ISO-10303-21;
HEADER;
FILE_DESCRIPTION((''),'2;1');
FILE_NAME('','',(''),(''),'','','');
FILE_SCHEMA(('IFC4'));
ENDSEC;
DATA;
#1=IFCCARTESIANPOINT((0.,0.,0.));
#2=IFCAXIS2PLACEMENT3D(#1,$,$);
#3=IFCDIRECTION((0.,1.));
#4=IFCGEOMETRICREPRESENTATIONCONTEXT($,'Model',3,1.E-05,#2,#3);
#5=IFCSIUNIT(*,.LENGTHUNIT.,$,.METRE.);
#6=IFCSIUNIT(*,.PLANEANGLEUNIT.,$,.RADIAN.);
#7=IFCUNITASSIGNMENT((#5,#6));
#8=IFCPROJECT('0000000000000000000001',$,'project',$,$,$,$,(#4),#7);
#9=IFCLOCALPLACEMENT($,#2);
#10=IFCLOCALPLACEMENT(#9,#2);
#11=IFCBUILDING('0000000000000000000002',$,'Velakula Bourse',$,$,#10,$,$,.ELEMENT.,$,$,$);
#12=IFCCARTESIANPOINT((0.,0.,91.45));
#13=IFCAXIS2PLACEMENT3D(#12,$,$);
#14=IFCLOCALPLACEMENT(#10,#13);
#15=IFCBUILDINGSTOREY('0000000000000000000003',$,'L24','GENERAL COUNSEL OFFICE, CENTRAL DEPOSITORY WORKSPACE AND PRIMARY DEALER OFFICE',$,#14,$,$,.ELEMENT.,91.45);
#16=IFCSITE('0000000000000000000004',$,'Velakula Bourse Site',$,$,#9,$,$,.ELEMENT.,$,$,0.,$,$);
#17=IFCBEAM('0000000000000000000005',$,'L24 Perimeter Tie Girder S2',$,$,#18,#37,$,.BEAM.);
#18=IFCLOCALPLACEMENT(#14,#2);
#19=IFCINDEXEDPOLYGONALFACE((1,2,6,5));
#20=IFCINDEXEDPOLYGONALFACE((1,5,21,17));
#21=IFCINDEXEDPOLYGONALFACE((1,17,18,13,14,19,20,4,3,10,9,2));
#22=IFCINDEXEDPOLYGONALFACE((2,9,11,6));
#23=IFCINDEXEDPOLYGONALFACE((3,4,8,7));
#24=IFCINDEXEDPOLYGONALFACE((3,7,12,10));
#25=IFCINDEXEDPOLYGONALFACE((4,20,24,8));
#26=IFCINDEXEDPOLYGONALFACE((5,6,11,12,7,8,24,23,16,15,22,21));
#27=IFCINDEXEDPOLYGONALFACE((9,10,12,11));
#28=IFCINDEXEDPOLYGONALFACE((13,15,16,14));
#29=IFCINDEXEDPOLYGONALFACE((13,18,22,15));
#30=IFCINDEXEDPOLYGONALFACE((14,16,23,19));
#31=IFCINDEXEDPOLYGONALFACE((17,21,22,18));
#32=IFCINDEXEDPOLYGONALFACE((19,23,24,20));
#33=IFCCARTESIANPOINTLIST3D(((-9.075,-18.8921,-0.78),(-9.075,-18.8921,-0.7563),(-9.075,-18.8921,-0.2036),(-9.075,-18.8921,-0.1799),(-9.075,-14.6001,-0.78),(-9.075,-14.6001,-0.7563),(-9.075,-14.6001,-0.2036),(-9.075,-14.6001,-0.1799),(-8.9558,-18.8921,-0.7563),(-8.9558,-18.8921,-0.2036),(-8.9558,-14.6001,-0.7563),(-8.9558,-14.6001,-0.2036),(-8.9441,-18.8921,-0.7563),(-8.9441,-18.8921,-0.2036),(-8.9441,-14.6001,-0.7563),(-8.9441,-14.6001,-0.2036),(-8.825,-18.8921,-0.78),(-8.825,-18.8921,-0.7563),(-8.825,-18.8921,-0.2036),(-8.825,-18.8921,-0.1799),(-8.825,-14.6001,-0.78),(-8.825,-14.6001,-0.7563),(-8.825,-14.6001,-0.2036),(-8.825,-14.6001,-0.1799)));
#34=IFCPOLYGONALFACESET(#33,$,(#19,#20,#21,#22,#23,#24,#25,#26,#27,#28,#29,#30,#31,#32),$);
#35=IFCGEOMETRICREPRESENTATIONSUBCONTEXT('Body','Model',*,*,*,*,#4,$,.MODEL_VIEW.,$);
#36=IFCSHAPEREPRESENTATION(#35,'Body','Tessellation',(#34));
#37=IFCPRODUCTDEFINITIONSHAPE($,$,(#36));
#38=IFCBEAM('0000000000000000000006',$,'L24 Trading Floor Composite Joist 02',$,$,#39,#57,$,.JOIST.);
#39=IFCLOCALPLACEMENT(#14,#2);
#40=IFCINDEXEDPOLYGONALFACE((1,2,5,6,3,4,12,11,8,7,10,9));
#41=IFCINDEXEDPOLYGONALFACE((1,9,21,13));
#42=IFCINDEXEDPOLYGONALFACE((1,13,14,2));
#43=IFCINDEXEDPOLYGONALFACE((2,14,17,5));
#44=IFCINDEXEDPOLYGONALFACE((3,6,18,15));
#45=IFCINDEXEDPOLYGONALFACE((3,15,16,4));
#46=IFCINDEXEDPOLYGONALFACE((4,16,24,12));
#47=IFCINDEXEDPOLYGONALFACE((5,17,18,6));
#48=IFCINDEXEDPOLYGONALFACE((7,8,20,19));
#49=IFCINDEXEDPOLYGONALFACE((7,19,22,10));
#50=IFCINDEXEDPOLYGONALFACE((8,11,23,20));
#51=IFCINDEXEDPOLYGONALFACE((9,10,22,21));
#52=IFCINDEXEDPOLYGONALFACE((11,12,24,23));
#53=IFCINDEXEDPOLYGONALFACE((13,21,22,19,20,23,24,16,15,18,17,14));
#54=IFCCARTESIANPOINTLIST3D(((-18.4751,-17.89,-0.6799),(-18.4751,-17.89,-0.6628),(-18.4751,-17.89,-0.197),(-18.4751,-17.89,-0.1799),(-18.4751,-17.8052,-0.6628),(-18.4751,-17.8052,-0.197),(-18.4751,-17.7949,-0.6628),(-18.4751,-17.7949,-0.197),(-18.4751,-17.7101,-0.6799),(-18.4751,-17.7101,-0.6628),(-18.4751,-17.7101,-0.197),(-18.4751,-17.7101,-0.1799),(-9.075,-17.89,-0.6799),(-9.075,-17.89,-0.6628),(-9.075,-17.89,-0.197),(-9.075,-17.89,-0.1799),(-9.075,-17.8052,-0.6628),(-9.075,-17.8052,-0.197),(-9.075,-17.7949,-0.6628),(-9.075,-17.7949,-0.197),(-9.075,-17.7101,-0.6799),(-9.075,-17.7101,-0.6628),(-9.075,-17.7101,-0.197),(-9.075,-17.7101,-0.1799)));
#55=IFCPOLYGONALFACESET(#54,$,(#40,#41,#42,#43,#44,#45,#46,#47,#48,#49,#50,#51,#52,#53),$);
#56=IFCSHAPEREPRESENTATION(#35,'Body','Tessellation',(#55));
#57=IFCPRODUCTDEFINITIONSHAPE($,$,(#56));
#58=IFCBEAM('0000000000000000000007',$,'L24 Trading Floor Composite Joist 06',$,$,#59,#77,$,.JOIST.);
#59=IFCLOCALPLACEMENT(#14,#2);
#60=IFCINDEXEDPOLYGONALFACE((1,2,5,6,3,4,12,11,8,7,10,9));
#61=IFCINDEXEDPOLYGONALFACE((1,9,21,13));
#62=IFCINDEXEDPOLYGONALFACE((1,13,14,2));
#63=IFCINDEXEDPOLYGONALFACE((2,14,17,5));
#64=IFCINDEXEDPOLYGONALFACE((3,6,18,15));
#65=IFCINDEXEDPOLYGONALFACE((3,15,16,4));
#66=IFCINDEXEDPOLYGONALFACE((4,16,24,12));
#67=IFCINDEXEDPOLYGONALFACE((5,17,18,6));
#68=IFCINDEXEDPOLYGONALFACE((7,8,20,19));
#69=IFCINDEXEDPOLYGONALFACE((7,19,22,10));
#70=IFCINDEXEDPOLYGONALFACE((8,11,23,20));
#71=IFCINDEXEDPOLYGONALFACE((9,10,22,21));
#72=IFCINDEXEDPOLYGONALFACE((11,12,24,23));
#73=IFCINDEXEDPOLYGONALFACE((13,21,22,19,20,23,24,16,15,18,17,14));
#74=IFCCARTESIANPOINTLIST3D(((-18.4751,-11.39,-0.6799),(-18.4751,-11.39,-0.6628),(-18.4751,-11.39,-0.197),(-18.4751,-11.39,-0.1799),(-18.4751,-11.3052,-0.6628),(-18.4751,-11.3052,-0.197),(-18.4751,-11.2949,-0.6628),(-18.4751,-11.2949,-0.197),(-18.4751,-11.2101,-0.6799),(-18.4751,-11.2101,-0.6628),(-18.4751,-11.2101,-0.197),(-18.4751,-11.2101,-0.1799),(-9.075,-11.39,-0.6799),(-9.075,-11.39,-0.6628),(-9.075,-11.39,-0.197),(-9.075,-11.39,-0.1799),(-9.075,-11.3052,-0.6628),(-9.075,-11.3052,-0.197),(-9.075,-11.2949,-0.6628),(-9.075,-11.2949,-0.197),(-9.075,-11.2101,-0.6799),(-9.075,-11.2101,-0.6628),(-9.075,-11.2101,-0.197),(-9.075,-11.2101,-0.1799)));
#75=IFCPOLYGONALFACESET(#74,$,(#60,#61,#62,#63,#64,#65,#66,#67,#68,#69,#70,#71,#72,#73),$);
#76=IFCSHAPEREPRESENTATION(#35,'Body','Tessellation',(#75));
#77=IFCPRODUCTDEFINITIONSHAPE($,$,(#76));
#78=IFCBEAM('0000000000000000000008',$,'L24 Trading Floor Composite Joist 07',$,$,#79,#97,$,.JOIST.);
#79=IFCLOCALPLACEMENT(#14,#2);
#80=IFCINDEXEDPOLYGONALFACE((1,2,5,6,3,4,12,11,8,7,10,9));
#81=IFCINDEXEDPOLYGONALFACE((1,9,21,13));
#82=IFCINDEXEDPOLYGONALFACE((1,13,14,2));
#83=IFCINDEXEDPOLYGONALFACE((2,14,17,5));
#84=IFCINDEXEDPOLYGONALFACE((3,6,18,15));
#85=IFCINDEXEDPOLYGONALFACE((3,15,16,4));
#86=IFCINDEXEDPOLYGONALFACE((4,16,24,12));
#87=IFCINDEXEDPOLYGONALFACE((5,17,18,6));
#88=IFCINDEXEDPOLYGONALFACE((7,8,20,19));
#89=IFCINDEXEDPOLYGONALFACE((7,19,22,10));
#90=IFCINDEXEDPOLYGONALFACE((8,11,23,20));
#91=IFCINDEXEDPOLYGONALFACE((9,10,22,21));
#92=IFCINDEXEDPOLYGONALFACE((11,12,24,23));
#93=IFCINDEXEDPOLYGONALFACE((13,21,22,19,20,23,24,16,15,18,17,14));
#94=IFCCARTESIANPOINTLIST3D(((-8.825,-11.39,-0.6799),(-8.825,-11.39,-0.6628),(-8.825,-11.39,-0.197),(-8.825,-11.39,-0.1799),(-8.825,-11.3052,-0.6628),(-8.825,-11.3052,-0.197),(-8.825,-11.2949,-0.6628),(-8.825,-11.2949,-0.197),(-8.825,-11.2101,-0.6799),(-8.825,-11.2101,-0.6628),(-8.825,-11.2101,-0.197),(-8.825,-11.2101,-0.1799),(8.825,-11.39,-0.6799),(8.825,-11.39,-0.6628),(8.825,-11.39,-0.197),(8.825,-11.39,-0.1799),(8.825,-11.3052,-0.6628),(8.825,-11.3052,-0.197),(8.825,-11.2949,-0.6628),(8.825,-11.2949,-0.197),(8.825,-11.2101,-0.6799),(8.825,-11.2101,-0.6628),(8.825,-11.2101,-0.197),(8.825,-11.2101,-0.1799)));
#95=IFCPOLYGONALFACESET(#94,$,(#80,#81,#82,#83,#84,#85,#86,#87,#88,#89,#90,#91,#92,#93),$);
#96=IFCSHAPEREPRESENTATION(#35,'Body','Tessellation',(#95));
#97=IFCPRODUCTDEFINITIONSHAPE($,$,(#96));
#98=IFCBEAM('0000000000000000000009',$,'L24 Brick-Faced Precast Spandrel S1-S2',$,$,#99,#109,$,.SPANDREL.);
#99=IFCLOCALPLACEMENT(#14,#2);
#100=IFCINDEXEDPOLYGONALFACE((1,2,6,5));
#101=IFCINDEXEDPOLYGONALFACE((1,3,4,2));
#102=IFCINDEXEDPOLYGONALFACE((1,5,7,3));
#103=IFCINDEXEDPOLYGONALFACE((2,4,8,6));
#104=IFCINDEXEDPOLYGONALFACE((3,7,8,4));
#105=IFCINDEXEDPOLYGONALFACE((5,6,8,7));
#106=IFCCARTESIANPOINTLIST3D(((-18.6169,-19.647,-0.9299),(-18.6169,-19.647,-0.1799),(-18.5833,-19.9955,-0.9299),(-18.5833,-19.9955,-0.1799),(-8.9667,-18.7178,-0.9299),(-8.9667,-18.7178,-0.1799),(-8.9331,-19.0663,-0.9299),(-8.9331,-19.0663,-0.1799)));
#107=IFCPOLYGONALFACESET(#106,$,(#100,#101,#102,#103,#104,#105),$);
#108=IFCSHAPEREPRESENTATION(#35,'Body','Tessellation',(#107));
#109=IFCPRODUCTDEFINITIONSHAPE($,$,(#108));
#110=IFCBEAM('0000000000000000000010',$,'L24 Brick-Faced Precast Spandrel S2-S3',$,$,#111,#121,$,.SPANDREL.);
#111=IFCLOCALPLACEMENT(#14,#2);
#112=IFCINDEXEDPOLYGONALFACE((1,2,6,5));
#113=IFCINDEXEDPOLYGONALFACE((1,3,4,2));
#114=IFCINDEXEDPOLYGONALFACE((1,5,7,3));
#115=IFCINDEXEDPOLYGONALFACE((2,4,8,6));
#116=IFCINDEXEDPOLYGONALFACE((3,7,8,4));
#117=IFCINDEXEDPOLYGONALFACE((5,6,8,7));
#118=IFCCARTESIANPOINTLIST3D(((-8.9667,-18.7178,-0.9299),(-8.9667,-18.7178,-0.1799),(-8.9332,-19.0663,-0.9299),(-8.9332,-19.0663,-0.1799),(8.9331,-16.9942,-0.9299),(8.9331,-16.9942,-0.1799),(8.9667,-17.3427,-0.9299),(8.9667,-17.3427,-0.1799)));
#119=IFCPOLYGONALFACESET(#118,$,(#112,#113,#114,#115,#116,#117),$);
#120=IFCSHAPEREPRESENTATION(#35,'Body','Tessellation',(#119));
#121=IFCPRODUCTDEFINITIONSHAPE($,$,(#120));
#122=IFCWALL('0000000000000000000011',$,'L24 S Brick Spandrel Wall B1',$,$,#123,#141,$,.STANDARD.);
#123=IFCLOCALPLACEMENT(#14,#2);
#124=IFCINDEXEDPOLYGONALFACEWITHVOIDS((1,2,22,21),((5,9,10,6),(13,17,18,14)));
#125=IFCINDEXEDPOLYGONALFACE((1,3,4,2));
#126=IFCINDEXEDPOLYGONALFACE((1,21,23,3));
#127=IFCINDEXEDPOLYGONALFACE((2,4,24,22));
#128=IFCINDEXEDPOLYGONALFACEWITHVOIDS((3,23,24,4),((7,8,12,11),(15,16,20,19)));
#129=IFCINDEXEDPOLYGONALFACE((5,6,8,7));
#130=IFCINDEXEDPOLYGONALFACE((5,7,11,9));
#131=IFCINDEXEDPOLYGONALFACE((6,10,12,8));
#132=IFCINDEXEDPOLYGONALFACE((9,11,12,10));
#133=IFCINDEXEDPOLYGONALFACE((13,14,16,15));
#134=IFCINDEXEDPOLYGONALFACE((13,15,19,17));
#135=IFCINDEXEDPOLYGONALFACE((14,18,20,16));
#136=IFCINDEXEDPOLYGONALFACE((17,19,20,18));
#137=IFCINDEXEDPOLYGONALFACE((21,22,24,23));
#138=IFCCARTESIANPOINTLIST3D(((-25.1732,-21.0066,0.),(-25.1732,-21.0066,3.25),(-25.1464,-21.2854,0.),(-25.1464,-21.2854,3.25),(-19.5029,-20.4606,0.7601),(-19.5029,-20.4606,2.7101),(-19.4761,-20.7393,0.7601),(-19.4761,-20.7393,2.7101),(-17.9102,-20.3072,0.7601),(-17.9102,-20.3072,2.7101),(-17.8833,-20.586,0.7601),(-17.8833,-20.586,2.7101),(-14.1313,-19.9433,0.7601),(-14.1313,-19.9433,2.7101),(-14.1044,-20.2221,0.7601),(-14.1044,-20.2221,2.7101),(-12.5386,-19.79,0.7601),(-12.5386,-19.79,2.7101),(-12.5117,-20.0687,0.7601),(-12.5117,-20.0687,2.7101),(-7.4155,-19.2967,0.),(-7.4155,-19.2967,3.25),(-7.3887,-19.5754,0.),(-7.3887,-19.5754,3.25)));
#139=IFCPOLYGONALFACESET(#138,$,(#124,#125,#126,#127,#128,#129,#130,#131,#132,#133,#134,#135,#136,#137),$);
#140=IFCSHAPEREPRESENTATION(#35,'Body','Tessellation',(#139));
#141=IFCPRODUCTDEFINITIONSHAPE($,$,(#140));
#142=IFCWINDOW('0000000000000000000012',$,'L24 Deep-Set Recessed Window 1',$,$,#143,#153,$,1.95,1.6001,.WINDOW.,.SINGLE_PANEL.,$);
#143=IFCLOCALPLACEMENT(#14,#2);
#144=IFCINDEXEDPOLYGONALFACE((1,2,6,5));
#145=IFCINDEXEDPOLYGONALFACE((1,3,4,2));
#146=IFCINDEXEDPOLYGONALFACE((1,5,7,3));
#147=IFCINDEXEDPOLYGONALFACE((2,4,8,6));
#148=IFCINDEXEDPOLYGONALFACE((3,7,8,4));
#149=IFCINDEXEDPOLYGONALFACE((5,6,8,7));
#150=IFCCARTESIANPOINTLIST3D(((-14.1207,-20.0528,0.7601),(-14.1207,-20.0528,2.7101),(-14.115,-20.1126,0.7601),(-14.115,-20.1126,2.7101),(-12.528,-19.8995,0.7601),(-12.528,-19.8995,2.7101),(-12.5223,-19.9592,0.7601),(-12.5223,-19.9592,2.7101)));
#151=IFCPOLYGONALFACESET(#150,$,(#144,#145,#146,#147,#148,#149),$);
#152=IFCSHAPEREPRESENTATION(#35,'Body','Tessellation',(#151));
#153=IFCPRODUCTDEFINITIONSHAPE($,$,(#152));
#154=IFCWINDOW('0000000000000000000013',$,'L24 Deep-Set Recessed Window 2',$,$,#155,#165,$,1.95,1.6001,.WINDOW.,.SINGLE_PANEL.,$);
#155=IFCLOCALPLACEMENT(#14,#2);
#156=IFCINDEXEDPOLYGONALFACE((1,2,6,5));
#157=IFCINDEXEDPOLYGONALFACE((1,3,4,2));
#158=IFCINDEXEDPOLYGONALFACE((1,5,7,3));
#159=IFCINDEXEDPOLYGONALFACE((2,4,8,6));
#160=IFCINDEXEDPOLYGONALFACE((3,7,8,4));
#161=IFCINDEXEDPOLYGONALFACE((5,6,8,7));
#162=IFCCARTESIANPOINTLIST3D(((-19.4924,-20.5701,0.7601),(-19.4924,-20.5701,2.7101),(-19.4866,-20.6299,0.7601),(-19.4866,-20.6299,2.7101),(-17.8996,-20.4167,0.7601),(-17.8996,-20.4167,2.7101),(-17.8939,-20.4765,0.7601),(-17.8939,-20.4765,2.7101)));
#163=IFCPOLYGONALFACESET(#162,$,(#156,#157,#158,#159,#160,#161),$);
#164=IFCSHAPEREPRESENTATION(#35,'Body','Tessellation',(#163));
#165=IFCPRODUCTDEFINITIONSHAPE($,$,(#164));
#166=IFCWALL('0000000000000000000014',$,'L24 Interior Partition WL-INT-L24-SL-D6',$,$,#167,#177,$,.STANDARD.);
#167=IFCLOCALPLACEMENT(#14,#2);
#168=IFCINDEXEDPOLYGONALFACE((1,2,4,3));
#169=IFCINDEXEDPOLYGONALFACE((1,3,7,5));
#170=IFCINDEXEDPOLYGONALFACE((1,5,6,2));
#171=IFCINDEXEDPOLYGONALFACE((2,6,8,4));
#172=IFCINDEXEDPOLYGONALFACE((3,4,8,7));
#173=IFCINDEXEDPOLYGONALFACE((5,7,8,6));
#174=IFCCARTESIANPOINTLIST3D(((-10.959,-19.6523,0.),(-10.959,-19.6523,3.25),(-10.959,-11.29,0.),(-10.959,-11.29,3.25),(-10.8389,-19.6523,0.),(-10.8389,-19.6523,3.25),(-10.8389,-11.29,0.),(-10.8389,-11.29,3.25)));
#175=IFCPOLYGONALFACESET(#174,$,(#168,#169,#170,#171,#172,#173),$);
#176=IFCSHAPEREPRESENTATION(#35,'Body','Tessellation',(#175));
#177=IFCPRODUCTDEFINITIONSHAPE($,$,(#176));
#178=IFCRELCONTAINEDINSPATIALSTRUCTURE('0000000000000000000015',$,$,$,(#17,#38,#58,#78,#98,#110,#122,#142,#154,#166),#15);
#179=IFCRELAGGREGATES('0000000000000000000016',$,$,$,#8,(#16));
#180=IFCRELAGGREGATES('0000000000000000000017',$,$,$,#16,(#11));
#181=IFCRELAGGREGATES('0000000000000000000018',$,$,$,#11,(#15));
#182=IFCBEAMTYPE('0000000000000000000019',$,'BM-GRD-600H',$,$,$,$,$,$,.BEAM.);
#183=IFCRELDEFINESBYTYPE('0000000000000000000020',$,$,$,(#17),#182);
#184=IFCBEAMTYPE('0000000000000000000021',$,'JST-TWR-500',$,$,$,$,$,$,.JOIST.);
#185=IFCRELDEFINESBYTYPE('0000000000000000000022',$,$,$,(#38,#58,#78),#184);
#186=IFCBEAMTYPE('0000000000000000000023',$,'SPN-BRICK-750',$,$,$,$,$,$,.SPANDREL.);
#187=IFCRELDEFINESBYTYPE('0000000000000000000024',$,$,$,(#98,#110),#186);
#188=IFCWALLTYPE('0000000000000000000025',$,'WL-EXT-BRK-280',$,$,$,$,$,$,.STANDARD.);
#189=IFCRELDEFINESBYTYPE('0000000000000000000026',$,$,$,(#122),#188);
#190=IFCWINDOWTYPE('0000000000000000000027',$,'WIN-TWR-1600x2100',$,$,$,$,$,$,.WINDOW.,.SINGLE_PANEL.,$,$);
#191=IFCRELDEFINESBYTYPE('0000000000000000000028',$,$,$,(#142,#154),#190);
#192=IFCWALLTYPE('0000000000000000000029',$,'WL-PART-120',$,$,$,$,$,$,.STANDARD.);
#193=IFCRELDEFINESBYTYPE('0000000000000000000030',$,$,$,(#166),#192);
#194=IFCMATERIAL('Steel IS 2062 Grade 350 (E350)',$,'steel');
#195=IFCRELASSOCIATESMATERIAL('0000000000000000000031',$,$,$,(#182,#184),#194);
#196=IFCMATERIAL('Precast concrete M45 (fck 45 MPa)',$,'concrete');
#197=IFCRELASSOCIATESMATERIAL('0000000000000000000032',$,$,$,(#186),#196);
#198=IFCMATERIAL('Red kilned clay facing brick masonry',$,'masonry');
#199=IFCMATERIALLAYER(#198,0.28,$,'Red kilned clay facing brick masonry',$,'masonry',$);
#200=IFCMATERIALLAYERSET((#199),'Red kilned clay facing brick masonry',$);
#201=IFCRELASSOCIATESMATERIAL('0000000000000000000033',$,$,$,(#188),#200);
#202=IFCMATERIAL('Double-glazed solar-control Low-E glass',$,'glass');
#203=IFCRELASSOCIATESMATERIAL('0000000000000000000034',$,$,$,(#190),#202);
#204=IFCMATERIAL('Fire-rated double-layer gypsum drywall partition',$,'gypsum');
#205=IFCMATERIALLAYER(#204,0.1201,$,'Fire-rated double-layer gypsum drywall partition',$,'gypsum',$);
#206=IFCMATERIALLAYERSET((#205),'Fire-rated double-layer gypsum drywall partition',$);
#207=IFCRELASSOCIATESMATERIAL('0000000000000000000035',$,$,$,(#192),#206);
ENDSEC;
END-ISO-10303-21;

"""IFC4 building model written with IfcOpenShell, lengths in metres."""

from ifc_helpers import new_model, si_unit, direction, frame, frame_2d, origin, origin_2d, place, context, subcontext, project, spatial, rectangle, i_section, extrude, material, layer, layer_set, material_profile, profile_set, type_object, element, fill, save


model = new_model("IFC4")

# Units and contexts
model_context = context("Model", 3, precision=1e-05, world=origin(), true_north=direction((0.0, 1.0)))
body_context = subcontext(model_context, "Body", "Model", "MODEL_VIEW")
ifc_project = project(units=[si_unit("LENGTHUNIT", "METRE"), si_unit("PLANEANGLEUNIT", "RADIAN")], contexts=[model_context])

# Site, building, storey
site_placement = place(None, origin())
site = spatial("IfcSite", under=ifc_project, at=site_placement, Name="Velakula Bourse Site", CompositionType="ELEMENT", RefElevation=0.0)
building_placement = place(site_placement, origin())
building = spatial("IfcBuilding", under=site, at=building_placement, Name="Velakula Bourse", CompositionType="ELEMENT")
storey_placement = place(building_placement, frame((0.0, 0.0, 91.45)))
storey = spatial("IfcBuildingStorey", under=building, at=storey_placement, Name="L24", Description="GENERAL COUNSEL OFFICE, CENTRAL DEPOSITORY WORKSPACE AND PRIMARY DEALER OFFICE", CompositionType="ELEMENT", Elevation=91.45)

# Beams
ifc_material_1 = material(Name="Steel IS 2062 Grade 350 (E350)", Category="steel")
ifc_material_profile_1 = material_profile(ifc_material_1, i_section(OverallWidth=0.25, OverallDepth=0.6001, WebThickness=0.0117, FlangeThickness=0.0237, at=origin_2d()), Name="Steel IS 2062 Grade 350 (E350)")
ifc_profile_set_1 = profile_set([ifc_material_profile_1], Name="Steel IS 2062 Grade 350 (E350)")
beam_type_1 = type_object("IfcBeamType", Name="BM-GRD-600H", PredefinedType="BEAM", material=ifc_profile_set_1)
beam_1_placement = place(storey_placement, frame((-8.95, -14.6001, -0.48), z_axis=(0.0, -1.0, 0.0), x_axis=(1.0, 0.0, 0.0)))
element("IfcBeam", 1, at=beam_1_placement, inside=storey, type_object=beam_type_1, Name="L24 Perimeter Tie Girder S2", PredefinedType="BEAM", context=body_context, shape_type="SweptSolid", body=[
    extrude(i_section(OverallWidth=0.25, OverallDepth=0.6001, WebThickness=0.0117, FlangeThickness=0.0237, at=origin_2d()), origin(), (0.0, 0.0, 1.0), 4.292),
])
ifc_material_profile_2 = material_profile(ifc_material_1, i_section(OverallWidth=0.1799, OverallDepth=0.5, WebThickness=0.0103, FlangeThickness=0.0171, at=origin_2d()), Name="Steel IS 2062 Grade 350 (E350)")
ifc_profile_set_2 = profile_set([ifc_material_profile_2], Name="Steel IS 2062 Grade 350 (E350)")
beam_type_2 = type_object("IfcBeamType", Name="JST-TWR-500", PredefinedType="JOIST", material=ifc_profile_set_2)
for number, where, z_axis, x_axis, name in (
    (2, (-18.4751, -17.8, -0.4299), (1.0, 0.0, 0.0), (0.0, 1.0, 0.0), "L24 Trading Floor Composite Joist 02"),
    (3, (-18.4751, -11.3, -0.4299), (1.0, 0.0, 0.0), (0.0, 1.0, 0.0), "L24 Trading Floor Composite Joist 06"),
):
    element("IfcBeam", number, at=place(storey_placement, frame(where, z_axis=z_axis, x_axis=x_axis)), inside=storey, type_object=beam_type_2, Name=name, PredefinedType="JOIST", context=body_context, shape_type="SweptSolid", body=[
        extrude(i_section(OverallWidth=0.1799, OverallDepth=0.5, WebThickness=0.0103, FlangeThickness=0.0171, at=origin_2d()), origin(), (0.0, 0.0, 1.0), 9.4001),
    ])
beam_2_placement = place(storey_placement, frame((-8.825, -11.3, -0.4299), z_axis=(1.0, 0.0, 0.0), x_axis=(0.0, 1.0, 0.0)))
element("IfcBeam", 4, at=beam_2_placement, inside=storey, type_object=beam_type_2, Name="L24 Trading Floor Composite Joist 07", PredefinedType="JOIST", context=body_context, shape_type="SweptSolid", body=[
    extrude(i_section(OverallWidth=0.1799, OverallDepth=0.5, WebThickness=0.0103, FlangeThickness=0.0171, at=origin_2d()), origin(), (0.0, 0.0, 1.0), 17.6499),
])
ifc_material_2 = material(Name="Precast concrete M45 (fck 45 MPa)", Category="concrete")
ifc_material_profile_3 = material_profile(ifc_material_2, rectangle(XDim=0.3501, YDim=0.75, at=origin_2d()), Name="Precast concrete M45 (fck 45 MPa)")
ifc_profile_set_3 = profile_set([ifc_material_profile_3], Name="Precast concrete M45 (fck 45 MPa)")
beam_type_3 = type_object("IfcBeamType", Name="SPN-BRICK-750", PredefinedType="SPANDREL", material=ifc_profile_set_3)
beam_3_placement = place(storey_placement, frame((-18.6001, -19.8213, -0.5549), z_axis=(0.995396, 0.095845, 0.0), x_axis=(-0.095845, 0.995396, 0.0)))
element("IfcBeam", 5, at=beam_3_placement, inside=storey, type_object=beam_type_3, Name="L24 Brick-Faced Precast Spandrel S1-S2", PredefinedType="SPANDREL", context=body_context, shape_type="SweptSolid", body=[
    extrude(rectangle(XDim=0.3501, YDim=0.75, at=origin_2d()), origin(), (0.0, 0.0, 1.0), 9.6948),
])
beam_4_placement = place(storey_placement, frame((-8.95, -18.8921, -0.5549), z_axis=(0.995396, 0.09585, 0.0), x_axis=(-0.09585, 0.995396, 0.0)))
element("IfcBeam", 6, at=beam_4_placement, inside=storey, type_object=beam_type_3, Name="L24 Brick-Faced Precast Spandrel S2-S3", PredefinedType="SPANDREL", context=body_context, shape_type="SweptSolid", body=[
    extrude(rectangle(XDim=0.3501, YDim=0.75, at=origin_2d()), origin(), (0.0, 0.0, 1.0), 17.9827),
])

# Wall, openings, windows
ifc_material_3 = material(Name="Red kilned clay facing brick masonry", Category="masonry")
ifc_layer_1 = layer(ifc_material_3, 0.28, Name="Red kilned clay facing brick masonry", Category="masonry")
ifc_layer_set_1 = layer_set([ifc_layer_1], Name="Red kilned clay facing brick masonry")
wall_type_1 = type_object("IfcWallType", Name="WL-EXT-BRK-280", PredefinedType="STANDARD", material=ifc_layer_set_1)
wall_1_placement = place(storey_placement, frame((-7.4021, -19.436, 0.0), z_axis=(0.0, 0.0, 1.0), x_axis=(-0.995396, -0.09585, 0.0)))
wall_1 = element("IfcWall", 7, at=wall_1_placement, inside=storey, type_object=wall_type_1, Name="L24 S Brick Spandrel Wall B1", PredefinedType="STANDARD", context=body_context, shape_type="SweptSolid", body=[
    extrude(rectangle(XDim=17.8398, YDim=0.28, at=frame_2d((8.9199, 0.0))), origin(), (0.0, 0.0, 1.0), 3.25),
])
opening_1_placement = place(wall_1_placement, frame((5.1467, 0.0, 0.76)))
opening_1 = element("IfcOpeningElement", 8, at=opening_1_placement, cuts=wall_1, PredefinedType="OPENING", context=body_context, shape_type="SweptSolid", body=[
    extrude(rectangle(XDim=1.6001, YDim=1.95, at=frame_2d((0.8, 0.9751))), frame((0.0, 0.1499, 0.0), z_axis=(0.0, -1.0, 0.0), x_axis=(1.0, 0.0, 0.0)), (0.0, 0.0, 1.0), 0.3),
])
opening_2_placement = place(wall_1_placement, frame((10.5432, 0.0, 0.76)))
opening_2 = element("IfcOpeningElement", 9, at=opening_2_placement, cuts=wall_1, PredefinedType="OPENING", context=body_context, shape_type="SweptSolid", body=[
    extrude(rectangle(XDim=1.6001, YDim=1.95, at=frame_2d((0.8, 0.9751))), frame((0.0, 0.1499, 0.0), z_axis=(0.0, -1.0, 0.0), x_axis=(1.0, 0.0, 0.0)), (0.0, 0.0, 1.0), 0.3),
])
ifc_material_4 = material(Name="Double-glazed solar-control Low-E glass", Category="glass")
window_type = type_object("IfcWindowType", Name="WIN-TWR-1600x2100", PartitioningType="SINGLE_PANEL", PredefinedType="WINDOW", material=ifc_material_4)
window_1_placement = place(opening_1_placement, origin())
window_1 = element("IfcWindow", 10, at=window_1_placement, inside=storey, type_object=window_type, Name="L24 Deep-Set Recessed Window 1", OverallHeight=1.95, OverallWidth=1.6001, PartitioningType="SINGLE_PANEL", PredefinedType="WINDOW", context=body_context, shape_type="SweptSolid", body=[
    extrude(rectangle(XDim=1.6001, YDim=1.95, at=frame_2d((0.8, 0.9751))), frame((0.0, 0.03, 0.0), z_axis=(0.0, -1.0, 0.0), x_axis=(1.0, 0.0, 0.0)), (0.0, 0.0, 1.0), 0.0601),
])
fill(opening_1, window_1)
window_2_placement = place(opening_2_placement, origin())
window_2 = element("IfcWindow", 11, at=window_2_placement, inside=storey, type_object=window_type, Name="L24 Deep-Set Recessed Window 2", OverallHeight=1.95, OverallWidth=1.6001, PartitioningType="SINGLE_PANEL", PredefinedType="WINDOW", context=body_context, shape_type="SweptSolid", body=[
    extrude(rectangle(XDim=1.6001, YDim=1.95, at=frame_2d((0.8, 0.9751))), frame((0.0, 0.03, 0.0), z_axis=(0.0, -1.0, 0.0), x_axis=(1.0, 0.0, 0.0)), (0.0, 0.0, 1.0), 0.0601),
])
fill(opening_2, window_2)

# Wall
ifc_material_5 = material(Name="Fire-rated double-layer gypsum drywall partition", Category="gypsum")
ifc_layer_2 = layer(ifc_material_5, 0.1201, Name="Fire-rated double-layer gypsum drywall partition", Category="gypsum")
ifc_layer_set_2 = layer_set([ifc_layer_2], Name="Fire-rated double-layer gypsum drywall partition")
wall_type_2 = type_object("IfcWallType", Name="WL-PART-120", PredefinedType="STANDARD", material=ifc_layer_set_2)
wall_2_placement = place(storey_placement, frame((-10.8989, -19.6523, 0.0), z_axis=(0.0, 0.0, 1.0), x_axis=(0.0, 1.0, 0.0)))
element("IfcWall", 12, at=wall_2_placement, inside=storey, type_object=wall_type_2, Name="L24 Interior Partition WL-INT-L24-SL-D6", PredefinedType="STANDARD", context=body_context, shape_type="SweptSolid", body=[
    extrude(rectangle(XDim=8.3623, YDim=0.1201, at=frame_2d((4.1812, 0.0))), origin(), (0.0, 0.0, 1.0), 3.25),
])

save(model, "model.ifc")
